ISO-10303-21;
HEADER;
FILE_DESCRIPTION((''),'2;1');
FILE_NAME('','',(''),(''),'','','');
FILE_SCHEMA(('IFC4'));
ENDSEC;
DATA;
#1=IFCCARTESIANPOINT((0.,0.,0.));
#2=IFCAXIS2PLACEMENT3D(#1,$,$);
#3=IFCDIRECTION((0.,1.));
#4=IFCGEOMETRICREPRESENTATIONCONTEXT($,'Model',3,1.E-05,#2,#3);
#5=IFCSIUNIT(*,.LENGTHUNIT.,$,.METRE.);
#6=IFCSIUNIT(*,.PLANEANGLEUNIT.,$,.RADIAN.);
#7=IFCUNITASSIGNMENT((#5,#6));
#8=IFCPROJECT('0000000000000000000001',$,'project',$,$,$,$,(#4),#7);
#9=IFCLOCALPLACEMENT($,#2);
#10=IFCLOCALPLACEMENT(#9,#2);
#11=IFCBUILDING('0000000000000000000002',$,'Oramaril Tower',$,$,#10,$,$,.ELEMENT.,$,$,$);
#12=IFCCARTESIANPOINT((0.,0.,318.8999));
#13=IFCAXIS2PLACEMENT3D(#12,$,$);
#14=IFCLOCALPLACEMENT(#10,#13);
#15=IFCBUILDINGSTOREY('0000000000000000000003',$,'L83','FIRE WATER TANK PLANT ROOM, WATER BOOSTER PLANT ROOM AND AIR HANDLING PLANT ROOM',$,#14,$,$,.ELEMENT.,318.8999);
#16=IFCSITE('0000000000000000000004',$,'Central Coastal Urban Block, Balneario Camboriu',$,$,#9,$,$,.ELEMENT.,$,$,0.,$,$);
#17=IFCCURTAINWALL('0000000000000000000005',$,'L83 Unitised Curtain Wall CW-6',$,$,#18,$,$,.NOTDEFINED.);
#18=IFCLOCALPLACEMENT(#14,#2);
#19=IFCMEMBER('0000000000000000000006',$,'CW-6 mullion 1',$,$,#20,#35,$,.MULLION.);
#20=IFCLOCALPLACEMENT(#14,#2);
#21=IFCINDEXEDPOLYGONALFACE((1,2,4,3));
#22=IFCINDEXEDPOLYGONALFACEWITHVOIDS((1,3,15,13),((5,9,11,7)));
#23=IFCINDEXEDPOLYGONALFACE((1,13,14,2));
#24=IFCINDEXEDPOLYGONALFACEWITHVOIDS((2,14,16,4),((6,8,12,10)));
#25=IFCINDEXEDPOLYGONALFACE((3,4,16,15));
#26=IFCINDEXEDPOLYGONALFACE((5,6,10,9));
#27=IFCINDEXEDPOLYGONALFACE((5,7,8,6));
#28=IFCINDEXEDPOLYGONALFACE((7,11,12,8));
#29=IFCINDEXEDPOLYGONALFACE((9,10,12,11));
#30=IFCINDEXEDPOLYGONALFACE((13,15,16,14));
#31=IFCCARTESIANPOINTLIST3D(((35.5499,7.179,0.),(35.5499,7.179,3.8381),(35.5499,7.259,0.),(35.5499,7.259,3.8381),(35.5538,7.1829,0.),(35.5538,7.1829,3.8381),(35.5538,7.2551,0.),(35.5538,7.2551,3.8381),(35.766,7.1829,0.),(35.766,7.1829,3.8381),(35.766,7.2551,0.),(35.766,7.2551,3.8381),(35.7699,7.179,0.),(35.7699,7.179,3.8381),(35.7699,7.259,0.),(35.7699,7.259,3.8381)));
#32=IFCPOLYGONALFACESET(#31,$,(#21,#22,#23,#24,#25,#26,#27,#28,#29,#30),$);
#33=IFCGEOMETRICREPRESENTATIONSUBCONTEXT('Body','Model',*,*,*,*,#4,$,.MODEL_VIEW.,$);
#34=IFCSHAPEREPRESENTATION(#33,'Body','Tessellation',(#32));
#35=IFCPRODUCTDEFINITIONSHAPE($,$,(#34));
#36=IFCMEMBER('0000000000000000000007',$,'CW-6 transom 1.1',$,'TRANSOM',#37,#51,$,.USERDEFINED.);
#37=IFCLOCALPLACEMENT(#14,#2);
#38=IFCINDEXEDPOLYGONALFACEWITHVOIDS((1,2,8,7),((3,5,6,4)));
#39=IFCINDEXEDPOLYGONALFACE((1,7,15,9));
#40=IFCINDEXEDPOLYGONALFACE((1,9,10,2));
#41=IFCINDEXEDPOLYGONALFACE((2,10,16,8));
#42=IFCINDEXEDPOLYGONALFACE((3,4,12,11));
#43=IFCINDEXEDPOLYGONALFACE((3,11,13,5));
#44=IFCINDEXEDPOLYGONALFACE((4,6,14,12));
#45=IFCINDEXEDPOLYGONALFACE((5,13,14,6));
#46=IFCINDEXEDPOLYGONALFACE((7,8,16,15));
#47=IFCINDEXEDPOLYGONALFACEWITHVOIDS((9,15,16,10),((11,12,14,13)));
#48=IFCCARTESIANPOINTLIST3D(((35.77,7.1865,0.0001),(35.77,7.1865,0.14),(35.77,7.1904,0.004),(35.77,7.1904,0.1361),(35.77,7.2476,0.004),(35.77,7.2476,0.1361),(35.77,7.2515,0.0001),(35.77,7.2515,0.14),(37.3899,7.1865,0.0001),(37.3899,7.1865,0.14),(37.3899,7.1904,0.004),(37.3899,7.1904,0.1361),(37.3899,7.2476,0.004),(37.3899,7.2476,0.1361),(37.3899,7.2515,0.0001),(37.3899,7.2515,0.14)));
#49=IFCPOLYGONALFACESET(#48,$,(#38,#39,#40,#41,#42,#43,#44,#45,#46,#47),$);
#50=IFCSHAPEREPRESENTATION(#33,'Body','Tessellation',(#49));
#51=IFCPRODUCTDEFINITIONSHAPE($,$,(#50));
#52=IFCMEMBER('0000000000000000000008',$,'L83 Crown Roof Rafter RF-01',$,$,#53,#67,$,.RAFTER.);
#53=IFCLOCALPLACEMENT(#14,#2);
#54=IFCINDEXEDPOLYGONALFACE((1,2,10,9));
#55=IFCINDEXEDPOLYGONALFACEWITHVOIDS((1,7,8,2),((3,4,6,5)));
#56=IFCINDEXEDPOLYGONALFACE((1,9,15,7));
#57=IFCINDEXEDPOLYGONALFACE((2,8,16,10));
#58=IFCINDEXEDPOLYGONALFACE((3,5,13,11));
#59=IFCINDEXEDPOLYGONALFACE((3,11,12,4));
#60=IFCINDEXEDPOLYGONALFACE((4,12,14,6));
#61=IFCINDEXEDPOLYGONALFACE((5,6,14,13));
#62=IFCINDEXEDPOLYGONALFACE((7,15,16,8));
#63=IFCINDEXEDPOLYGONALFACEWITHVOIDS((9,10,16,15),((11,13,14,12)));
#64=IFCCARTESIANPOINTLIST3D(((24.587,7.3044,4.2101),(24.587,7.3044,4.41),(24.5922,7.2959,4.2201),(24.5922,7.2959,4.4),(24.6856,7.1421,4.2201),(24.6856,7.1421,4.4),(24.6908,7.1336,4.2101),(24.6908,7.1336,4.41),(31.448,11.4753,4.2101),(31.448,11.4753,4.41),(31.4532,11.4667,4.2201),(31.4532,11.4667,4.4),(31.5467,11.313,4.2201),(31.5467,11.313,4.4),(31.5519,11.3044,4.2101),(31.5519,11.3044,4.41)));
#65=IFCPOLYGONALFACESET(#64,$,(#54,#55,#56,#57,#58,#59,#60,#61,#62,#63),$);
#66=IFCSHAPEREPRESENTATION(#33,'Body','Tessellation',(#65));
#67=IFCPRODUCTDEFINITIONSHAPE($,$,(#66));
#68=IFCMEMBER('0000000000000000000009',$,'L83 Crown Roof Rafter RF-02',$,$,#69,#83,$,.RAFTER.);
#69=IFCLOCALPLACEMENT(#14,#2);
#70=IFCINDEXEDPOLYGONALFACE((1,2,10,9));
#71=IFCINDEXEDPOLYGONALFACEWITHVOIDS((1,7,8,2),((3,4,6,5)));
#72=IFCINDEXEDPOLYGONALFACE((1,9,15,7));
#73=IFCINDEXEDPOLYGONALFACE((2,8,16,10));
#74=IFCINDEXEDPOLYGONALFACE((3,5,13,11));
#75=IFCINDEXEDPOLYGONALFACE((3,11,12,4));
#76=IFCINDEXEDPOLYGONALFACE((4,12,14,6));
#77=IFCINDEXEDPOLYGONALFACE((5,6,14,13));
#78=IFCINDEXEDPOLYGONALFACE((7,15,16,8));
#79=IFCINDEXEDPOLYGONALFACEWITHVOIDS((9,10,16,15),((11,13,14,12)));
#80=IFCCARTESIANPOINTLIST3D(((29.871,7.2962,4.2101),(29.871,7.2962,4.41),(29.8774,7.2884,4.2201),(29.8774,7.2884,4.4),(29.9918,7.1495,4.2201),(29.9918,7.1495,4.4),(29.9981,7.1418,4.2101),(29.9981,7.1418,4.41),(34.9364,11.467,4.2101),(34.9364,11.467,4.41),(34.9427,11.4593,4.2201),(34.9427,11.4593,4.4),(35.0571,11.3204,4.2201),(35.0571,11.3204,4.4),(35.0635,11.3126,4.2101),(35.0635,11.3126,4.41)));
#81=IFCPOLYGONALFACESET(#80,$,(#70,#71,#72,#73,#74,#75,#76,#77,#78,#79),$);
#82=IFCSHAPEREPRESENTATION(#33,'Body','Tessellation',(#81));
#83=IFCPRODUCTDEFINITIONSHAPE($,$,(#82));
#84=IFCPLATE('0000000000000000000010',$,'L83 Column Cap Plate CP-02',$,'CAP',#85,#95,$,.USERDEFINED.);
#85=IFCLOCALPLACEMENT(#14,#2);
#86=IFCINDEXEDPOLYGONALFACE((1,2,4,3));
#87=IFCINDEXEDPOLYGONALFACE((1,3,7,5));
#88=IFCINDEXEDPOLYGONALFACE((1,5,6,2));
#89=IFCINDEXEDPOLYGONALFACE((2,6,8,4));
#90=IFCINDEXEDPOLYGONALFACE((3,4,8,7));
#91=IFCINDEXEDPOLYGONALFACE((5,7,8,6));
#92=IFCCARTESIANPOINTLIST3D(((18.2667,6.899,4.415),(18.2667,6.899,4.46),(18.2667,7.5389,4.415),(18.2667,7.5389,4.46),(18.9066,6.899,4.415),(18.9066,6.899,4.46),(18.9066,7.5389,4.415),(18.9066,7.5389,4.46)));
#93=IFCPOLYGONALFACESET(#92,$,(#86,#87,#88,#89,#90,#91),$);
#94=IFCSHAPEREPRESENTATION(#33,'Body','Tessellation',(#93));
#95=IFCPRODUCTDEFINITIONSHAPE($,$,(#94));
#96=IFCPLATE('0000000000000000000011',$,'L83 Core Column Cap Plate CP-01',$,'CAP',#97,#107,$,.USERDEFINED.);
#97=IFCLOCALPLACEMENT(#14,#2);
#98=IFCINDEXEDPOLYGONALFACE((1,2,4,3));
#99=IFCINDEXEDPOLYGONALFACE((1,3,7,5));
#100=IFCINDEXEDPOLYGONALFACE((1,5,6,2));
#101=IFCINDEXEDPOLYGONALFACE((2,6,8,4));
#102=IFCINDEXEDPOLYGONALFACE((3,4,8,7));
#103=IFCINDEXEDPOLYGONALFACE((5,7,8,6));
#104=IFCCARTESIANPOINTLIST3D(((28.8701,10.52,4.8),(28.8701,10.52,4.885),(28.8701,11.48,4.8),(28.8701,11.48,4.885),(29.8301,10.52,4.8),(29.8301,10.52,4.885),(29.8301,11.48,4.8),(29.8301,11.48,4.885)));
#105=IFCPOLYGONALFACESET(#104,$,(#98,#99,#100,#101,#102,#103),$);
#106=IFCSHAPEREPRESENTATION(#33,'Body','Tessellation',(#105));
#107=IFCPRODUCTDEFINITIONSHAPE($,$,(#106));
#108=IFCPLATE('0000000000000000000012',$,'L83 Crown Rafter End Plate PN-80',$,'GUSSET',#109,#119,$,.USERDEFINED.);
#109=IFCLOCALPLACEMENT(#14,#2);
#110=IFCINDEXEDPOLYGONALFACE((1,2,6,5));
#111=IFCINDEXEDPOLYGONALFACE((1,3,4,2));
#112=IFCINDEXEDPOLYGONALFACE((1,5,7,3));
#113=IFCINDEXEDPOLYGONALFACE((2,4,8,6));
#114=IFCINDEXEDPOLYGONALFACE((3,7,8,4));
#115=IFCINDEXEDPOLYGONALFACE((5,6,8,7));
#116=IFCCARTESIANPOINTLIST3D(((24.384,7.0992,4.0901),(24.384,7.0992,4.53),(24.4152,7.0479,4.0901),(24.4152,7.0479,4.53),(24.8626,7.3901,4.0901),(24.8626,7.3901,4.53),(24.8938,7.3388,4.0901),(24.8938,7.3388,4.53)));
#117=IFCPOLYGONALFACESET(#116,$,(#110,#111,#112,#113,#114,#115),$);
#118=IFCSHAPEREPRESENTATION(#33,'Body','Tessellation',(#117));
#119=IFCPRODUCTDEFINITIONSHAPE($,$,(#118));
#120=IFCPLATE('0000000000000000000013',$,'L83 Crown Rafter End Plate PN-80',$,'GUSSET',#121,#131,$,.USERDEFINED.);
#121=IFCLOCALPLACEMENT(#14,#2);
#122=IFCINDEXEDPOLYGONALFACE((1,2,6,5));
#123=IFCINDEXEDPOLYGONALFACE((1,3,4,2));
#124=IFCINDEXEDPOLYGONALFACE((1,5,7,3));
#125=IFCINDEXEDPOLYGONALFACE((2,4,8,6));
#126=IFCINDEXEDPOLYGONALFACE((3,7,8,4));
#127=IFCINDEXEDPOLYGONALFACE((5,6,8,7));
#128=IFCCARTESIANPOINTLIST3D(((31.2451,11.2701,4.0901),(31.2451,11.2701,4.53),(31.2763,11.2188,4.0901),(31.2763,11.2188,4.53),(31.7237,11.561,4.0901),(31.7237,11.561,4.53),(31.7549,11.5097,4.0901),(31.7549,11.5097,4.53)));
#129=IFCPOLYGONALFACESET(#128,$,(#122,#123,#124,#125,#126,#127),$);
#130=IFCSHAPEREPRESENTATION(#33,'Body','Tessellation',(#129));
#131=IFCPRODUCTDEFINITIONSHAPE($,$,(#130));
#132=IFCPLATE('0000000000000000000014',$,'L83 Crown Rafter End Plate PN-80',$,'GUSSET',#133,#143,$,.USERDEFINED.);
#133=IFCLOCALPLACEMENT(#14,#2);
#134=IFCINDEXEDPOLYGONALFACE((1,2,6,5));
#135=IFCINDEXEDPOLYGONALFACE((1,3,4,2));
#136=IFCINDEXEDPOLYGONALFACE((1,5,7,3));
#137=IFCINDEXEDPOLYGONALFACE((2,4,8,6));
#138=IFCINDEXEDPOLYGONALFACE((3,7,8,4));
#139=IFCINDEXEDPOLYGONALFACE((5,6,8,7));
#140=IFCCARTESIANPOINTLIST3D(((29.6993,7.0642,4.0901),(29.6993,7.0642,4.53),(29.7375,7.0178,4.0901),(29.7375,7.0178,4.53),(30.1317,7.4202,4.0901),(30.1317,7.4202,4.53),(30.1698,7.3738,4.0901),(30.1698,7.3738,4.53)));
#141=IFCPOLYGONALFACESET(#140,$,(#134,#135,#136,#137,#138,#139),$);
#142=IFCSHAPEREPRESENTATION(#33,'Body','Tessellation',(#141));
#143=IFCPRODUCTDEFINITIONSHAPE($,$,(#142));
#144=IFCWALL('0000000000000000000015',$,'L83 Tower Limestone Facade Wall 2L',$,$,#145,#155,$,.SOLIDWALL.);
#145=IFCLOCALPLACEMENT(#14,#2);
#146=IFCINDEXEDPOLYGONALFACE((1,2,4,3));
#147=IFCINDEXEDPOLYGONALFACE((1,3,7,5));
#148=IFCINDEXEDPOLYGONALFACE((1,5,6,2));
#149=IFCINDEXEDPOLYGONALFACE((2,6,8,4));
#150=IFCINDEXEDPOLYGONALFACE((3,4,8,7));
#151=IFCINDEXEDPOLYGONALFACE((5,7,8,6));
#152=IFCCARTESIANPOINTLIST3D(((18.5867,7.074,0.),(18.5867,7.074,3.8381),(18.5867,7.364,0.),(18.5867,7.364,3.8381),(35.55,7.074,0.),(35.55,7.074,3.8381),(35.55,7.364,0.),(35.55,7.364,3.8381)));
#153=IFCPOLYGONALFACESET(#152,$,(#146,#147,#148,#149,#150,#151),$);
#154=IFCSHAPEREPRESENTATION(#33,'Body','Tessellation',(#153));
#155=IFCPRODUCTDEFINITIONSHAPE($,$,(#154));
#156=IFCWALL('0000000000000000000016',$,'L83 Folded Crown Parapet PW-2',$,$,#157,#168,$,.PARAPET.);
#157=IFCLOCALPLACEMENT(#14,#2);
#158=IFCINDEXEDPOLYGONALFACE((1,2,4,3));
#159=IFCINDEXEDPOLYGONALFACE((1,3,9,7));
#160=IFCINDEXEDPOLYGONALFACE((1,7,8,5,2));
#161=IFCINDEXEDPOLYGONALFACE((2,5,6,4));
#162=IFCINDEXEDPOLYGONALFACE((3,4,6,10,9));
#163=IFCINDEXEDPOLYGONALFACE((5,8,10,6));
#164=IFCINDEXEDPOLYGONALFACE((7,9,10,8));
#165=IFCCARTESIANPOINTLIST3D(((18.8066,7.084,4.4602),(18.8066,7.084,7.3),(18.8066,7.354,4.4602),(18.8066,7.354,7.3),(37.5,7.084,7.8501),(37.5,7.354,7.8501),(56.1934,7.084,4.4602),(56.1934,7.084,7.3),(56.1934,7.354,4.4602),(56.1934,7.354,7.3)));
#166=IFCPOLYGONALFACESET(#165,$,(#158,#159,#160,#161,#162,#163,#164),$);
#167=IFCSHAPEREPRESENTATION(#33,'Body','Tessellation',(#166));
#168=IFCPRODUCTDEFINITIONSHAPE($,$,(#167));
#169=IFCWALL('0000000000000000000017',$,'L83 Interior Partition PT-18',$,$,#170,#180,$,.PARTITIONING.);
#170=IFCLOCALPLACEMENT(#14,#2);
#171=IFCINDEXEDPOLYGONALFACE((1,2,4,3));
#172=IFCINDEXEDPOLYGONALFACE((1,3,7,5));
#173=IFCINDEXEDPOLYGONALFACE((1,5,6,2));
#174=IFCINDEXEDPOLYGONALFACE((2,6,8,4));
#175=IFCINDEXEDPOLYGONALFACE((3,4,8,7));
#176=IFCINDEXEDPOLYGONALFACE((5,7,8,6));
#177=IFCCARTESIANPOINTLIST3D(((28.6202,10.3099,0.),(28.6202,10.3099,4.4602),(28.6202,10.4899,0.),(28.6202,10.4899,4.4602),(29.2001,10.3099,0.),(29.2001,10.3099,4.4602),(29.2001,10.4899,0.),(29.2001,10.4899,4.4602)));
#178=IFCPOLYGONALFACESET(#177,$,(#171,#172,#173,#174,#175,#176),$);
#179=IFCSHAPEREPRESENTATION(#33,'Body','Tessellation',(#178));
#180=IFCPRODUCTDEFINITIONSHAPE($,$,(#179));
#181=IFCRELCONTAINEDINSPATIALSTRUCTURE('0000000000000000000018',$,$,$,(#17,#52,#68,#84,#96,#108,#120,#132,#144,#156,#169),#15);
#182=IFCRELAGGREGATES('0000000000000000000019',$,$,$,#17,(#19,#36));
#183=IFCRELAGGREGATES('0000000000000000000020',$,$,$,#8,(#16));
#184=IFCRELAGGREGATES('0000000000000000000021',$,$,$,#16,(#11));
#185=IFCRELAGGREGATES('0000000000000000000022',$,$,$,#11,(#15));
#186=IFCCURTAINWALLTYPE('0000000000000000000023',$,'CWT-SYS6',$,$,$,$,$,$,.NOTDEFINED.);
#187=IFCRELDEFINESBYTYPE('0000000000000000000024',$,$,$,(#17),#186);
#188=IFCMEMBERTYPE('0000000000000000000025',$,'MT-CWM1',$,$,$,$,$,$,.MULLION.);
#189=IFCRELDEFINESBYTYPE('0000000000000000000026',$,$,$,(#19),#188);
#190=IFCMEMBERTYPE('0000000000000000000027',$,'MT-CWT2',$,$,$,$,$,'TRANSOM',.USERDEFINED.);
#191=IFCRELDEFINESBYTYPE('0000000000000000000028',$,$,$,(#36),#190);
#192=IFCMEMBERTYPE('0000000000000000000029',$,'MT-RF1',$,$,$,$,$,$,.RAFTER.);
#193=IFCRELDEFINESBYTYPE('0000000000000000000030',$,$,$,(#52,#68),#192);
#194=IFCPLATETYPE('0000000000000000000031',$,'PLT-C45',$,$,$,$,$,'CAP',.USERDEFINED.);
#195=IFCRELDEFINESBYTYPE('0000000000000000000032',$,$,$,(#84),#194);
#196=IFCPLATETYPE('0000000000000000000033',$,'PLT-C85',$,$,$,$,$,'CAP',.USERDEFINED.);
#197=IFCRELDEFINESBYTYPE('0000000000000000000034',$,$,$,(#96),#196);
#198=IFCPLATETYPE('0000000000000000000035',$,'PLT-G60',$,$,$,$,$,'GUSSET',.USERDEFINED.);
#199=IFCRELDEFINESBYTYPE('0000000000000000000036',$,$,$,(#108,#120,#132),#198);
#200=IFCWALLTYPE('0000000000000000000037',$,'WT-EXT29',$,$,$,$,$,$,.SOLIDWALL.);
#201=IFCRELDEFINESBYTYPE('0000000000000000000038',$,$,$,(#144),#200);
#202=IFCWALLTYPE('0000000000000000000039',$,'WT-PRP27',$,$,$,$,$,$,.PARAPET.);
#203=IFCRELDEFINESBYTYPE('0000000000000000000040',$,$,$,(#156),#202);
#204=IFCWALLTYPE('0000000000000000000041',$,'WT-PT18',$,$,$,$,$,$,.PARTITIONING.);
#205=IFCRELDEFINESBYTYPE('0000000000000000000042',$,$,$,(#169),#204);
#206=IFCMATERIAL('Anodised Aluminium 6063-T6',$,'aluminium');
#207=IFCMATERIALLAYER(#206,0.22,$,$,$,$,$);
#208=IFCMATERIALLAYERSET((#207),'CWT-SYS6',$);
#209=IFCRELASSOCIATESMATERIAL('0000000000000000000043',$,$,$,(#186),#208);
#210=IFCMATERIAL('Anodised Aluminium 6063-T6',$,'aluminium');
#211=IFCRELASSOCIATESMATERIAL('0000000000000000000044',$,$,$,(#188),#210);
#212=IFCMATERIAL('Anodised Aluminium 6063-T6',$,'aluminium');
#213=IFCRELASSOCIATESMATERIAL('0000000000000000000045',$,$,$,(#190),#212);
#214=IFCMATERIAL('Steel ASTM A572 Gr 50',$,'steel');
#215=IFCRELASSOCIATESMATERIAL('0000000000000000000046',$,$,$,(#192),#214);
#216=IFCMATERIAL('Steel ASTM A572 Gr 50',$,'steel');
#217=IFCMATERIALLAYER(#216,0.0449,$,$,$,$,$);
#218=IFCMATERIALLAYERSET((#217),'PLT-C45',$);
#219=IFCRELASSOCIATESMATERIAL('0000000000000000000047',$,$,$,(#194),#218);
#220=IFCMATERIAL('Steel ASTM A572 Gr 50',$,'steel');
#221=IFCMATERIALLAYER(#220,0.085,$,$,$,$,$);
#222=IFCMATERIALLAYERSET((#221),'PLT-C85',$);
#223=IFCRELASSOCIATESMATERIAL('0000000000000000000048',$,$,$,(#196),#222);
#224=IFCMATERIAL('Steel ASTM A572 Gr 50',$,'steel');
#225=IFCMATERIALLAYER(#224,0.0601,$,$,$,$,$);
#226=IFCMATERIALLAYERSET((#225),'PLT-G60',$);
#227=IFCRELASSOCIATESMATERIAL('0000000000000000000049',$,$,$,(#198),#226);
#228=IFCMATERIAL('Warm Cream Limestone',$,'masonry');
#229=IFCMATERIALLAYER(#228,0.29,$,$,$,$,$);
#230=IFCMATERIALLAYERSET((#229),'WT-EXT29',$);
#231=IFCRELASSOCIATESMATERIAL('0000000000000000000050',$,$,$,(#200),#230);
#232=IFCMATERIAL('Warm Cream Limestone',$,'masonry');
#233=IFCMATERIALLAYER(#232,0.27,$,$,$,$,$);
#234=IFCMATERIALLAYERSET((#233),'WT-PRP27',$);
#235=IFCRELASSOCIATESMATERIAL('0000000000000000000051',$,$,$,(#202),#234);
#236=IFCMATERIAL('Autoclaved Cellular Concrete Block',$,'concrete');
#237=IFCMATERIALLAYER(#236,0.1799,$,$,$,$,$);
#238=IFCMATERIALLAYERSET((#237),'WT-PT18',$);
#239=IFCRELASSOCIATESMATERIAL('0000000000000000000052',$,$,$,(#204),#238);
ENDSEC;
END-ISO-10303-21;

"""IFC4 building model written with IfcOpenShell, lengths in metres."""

from ifc_helpers import new_model, si_unit, direction, frame, frame_2d, origin, origin_2d, place, context, subcontext, project, spatial, polyline, rectangle, hollow_rectangle, outline, extrude, material, layer, layer_set, material_profile, profile_set, type_object, element, aggregate, save


model = new_model("IFC4")

# Units and contexts
model_context = context("Model", 3, precision=1e-05, world=origin(), true_north=direction((0.0, 1.0)))
body_context = subcontext(model_context, "Body", "Model", "MODEL_VIEW")
ifc_project = project(units=[si_unit("LENGTHUNIT", "METRE"), si_unit("PLANEANGLEUNIT", "RADIAN")], contexts=[model_context])

# Site, building, storey
site_placement = place(None, origin())
site = spatial("IfcSite", under=ifc_project, at=site_placement, Name="Central Coastal Urban Block, Balneario Camboriu", CompositionType="ELEMENT", RefElevation=0.0)
building_placement = place(site_placement, origin())
building = spatial("IfcBuilding", under=site, at=building_placement, Name="Oramaril Tower", CompositionType="ELEMENT")
storey_placement = place(building_placement, frame((0.0, 0.0, 318.8999)))
storey = spatial("IfcBuildingStorey", under=building, at=storey_placement, Name="L83", Description="FIRE WATER TANK PLANT ROOM, WATER BOOSTER PLANT ROOM AND AIR HANDLING PLANT ROOM", CompositionType="ELEMENT", Elevation=318.8999)

# Curtain wall, members
ifc_material_1 = material(Name="Anodised Aluminium 6063-T6", Category="aluminium")
ifc_layer_1 = layer(ifc_material_1, 0.22)
ifc_layer_set_1 = layer_set([ifc_layer_1], Name="CWT-SYS6")
curtain_wall_type = type_object("IfcCurtainWallType", Name="CWT-SYS6", PredefinedType="NOTDEFINED", material=ifc_layer_set_1)
curtain_wall_placement = place(storey_placement, origin())
curtain_wall = element("IfcCurtainWall", 1, at=curtain_wall_placement, inside=storey, type_object=curtain_wall_type, Name="L83 Unitised Curtain Wall CW-6", PredefinedType="NOTDEFINED")
ifc_material_2 = material(Name="Anodised Aluminium 6063-T6", Category="aluminium")
ifc_material_profile_1 = material_profile(ifc_material_2, hollow_rectangle(XDim=0.0801, YDim=0.22, WallThickness=0.0039, at=origin_2d()), Name="CWM220X80")
ifc_profile_set_1 = profile_set([ifc_material_profile_1], Name="Anodised Aluminium 6063-T6")
member_type_1 = type_object("IfcMemberType", Name="MT-CWM1", PredefinedType="MULLION", material=ifc_profile_set_1)
member_1_placement = place(storey_placement, frame((35.6599, 7.219, 0.0), z_axis=(0.0, 0.0, 1.0), x_axis=(0.0, 1.0, 0.0)))
member_1 = element("IfcMember", 2, at=member_1_placement, type_object=member_type_1, Name="CW-6 mullion 1", PredefinedType="MULLION", context=body_context, shape_type="SweptSolid", body=[
    extrude(hollow_rectangle(XDim=0.0801, YDim=0.22, WallThickness=0.0039, at=origin_2d()), origin(), (0.0, 0.0, 1.0), 3.8381),
])
ifc_material_3 = material(Name="Anodised Aluminium 6063-T6", Category="aluminium")
ifc_material_profile_2 = material_profile(ifc_material_3, hollow_rectangle(XDim=0.0649, YDim=0.1399, WallThickness=0.0039, at=origin_2d()), Name="CWT140X65")
ifc_profile_set_2 = profile_set([ifc_material_profile_2], Name="Anodised Aluminium 6063-T6")
member_type_2 = type_object("IfcMemberType", Name="MT-CWT2", ElementType="TRANSOM", PredefinedType="USERDEFINED", material=ifc_profile_set_2)
member_2_placement = place(storey_placement, frame((35.77, 7.219, 0.0701), z_axis=(1.0, 0.0, 0.0), x_axis=(0.0, 1.0, 0.0)))
member_2 = element("IfcMember", 3, at=member_2_placement, type_object=member_type_2, Name="CW-6 transom 1.1", ObjectType="TRANSOM", PredefinedType="USERDEFINED", context=body_context, shape_type="SweptSolid", body=[
    extrude(hollow_rectangle(XDim=0.0649, YDim=0.1399, WallThickness=0.0039, at=origin_2d()), origin(), (0.0, 0.0, 1.0), 1.6199),
])
aggregate(curtain_wall, [member_1, member_2])

# Members
ifc_material_4 = material(Name="Steel ASTM A572 Gr 50", Category="steel")
ifc_material_profile_3 = material_profile(ifc_material_4, hollow_rectangle(XDim=0.2, YDim=0.2, WallThickness=0.01, at=origin_2d()), Name="HSS200X200X10")
ifc_profile_set_3 = profile_set([ifc_material_profile_3], Name="Steel ASTM A572 Gr 50")
member_type_3 = type_object("IfcMemberType", Name="MT-RF1", PredefinedType="RAFTER", material=ifc_profile_set_3)
member_3_placement = place(storey_placement, frame((24.6389, 7.219, 4.3101), z_axis=(0.854498, 0.519455, 0.0), x_axis=(-0.519455, 0.854498, 0.0)))
element("IfcMember", 4, at=member_3_placement, inside=storey, type_object=member_type_3, Name="L83 Crown Roof Rafter RF-01", PredefinedType="RAFTER", context=body_context, shape_type="SweptSolid", body=[
    extrude(hollow_rectangle(XDim=0.2, YDim=0.2, WallThickness=0.01, at=origin_2d()), origin(), (0.0, 0.0, 1.0), 8.0293),
])
member_4_placement = place(storey_placement, frame((29.9346, 7.219, 4.3101), z_axis=(0.771977, 0.63565, 0.0), x_axis=(-0.63565, 0.771977, 0.0)))
element("IfcMember", 5, at=member_4_placement, inside=storey, type_object=member_type_3, Name="L83 Crown Roof Rafter RF-02", PredefinedType="RAFTER", context=body_context, shape_type="SweptSolid", body=[
    extrude(hollow_rectangle(XDim=0.2, YDim=0.2, WallThickness=0.01, at=origin_2d()), origin(), (0.0, 0.0, 1.0), 6.5615),
])

# Plates
ifc_material_5 = material(Name="Steel ASTM A572 Gr 50", Category="steel")
ifc_layer_2 = layer(ifc_material_5, 0.0449)
ifc_layer_set_2 = layer_set([ifc_layer_2], Name="PLT-C45")
plate_type_1 = type_object("IfcPlateType", Name="PLT-C45", ElementType="CAP", PredefinedType="USERDEFINED", material=ifc_layer_set_2)
plate_1_placement = place(storey_placement, frame((18.5867, 7.219, 4.415), z_axis=(0.0, 0.0, 1.0), x_axis=(1.0, 0.0, 0.0)))
element("IfcPlate", 6, at=plate_1_placement, inside=storey, type_object=plate_type_1, Name="L83 Column Cap Plate CP-02", ObjectType="CAP", PredefinedType="USERDEFINED", context=body_context, shape_type="SweptSolid", body=[
    extrude(rectangle(XDim=0.6399, YDim=0.6399, at=origin_2d()), origin(), (0.0, 0.0, 1.0), 0.0449),
])
ifc_material_6 = material(Name="Steel ASTM A572 Gr 50", Category="steel")
ifc_layer_3 = layer(ifc_material_6, 0.085)
ifc_layer_set_3 = layer_set([ifc_layer_3], Name="PLT-C85")
plate_type_2 = type_object("IfcPlateType", Name="PLT-C85", ElementType="CAP", PredefinedType="USERDEFINED", material=ifc_layer_set_3)
plate_2_placement = place(storey_placement, frame((29.3501, 11.0, 4.8), z_axis=(0.0, 0.0, 1.0), x_axis=(1.0, 0.0, 0.0)))
element("IfcPlate", 7, at=plate_2_placement, inside=storey, type_object=plate_type_2, Name="L83 Core Column Cap Plate CP-01", ObjectType="CAP", PredefinedType="USERDEFINED", context=body_context, shape_type="SweptSolid", body=[
    extrude(rectangle(XDim=0.96, YDim=0.96, at=origin_2d()), origin(), (0.0, 0.0, 1.0), 0.085),
])
ifc_material_7 = material(Name="Steel ASTM A572 Gr 50", Category="steel")
ifc_layer_4 = layer(ifc_material_7, 0.0601)
ifc_layer_set_4 = layer_set([ifc_layer_4], Name="PLT-G60")
plate_type_3 = type_object("IfcPlateType", Name="PLT-G60", ElementType="GUSSET", PredefinedType="USERDEFINED", material=ifc_layer_set_4)
for number, where, z_axis, x_axis, name in (
    (8, (24.6389, 7.219, 4.0901), (0.0, 0.0, 1.0), (0.854492, 0.519464, 0.0), "L83 Crown Rafter End Plate PN-80"),
    (9, (31.5, 11.3899, 4.0901), (0.0, 0.0, 1.0), (0.854492, 0.519464, 0.0), "L83 Crown Rafter End Plate PN-80"),
    (10, (29.9346, 7.219, 4.0901), (0.0, 0.0, 1.0), (0.771969, 0.635661, 0.0), "L83 Crown Rafter End Plate PN-80"),
):
    element("IfcPlate", number, at=place(storey_placement, frame(where, z_axis=z_axis, x_axis=x_axis)), inside=storey, type_object=plate_type_3, Name=name, ObjectType="GUSSET", PredefinedType="USERDEFINED", context=body_context, shape_type="SweptSolid", body=[
        extrude(rectangle(XDim=0.5601, YDim=0.0601, at=origin_2d()), origin(), (0.0, 0.0, 1.0), 0.4399),
    ])

# Walls
ifc_material_8 = material(Name="Warm Cream Limestone", Category="masonry")
ifc_layer_5 = layer(ifc_material_8, 0.29)
ifc_layer_set_5 = layer_set([ifc_layer_5], Name="WT-EXT29")
wall_type_1 = type_object("IfcWallType", Name="WT-EXT29", PredefinedType="SOLIDWALL", material=ifc_layer_set_5)
wall_1_placement = place(storey_placement, frame((18.5867, 7.219, 0.0), z_axis=(0.0, 0.0, 1.0), x_axis=(1.0, 0.0, 0.0)))
element("IfcWall", 11, at=wall_1_placement, inside=storey, type_object=wall_type_1, Name="L83 Tower Limestone Facade Wall 2L", PredefinedType="SOLIDWALL", context=body_context, shape_type="SweptSolid", body=[
    extrude(rectangle(XDim=16.9634, YDim=0.29, at=frame_2d((8.4817, 0.0))), origin(), (0.0, 0.0, 1.0), 3.8381),
])
ifc_material_9 = material(Name="Warm Cream Limestone", Category="masonry")
ifc_layer_6 = layer(ifc_material_9, 0.27)
ifc_layer_set_6 = layer_set([ifc_layer_6], Name="WT-PRP27")
wall_type_2 = type_object("IfcWallType", Name="WT-PRP27", PredefinedType="PARAPET", material=ifc_layer_set_6)
wall_2_placement = place(storey_placement, frame((18.8066, 7.219, 4.4602), z_axis=(0.0, 0.0, 1.0), x_axis=(1.0, 0.0, 0.0)))
element("IfcWall", 12, at=wall_2_placement, inside=storey, type_object=wall_type_2, Name="L83 Folded Crown Parapet PW-2", PredefinedType="PARAPET", context=body_context, shape_type="SweptSolid", body=[
    extrude(outline(polyline([(0.0, 0.0), (37.3867, 0.0), (37.3867, 2.8398), (18.6934, 3.3899), (0.0, 2.8398), (0.0, 0.0)])), frame((0.0, 0.135, 0.0), z_axis=(0.0, -1.0, 0.0), x_axis=(1.0, 0.0, 0.0)), (0.0, 0.0, 1.0), 0.27),
])
ifc_material_10 = material(Name="Autoclaved Cellular Concrete Block", Category="concrete")
ifc_layer_7 = layer(ifc_material_10, 0.1799)
ifc_layer_set_7 = layer_set([ifc_layer_7], Name="WT-PT18")
wall_type_3 = type_object("IfcWallType", Name="WT-PT18", PredefinedType="PARTITIONING", material=ifc_layer_set_7)
wall_3_placement = place(storey_placement, frame((28.6201, 10.3999, 0.0), z_axis=(0.0, 0.0, 1.0), x_axis=(1.0, 0.0, 0.0)))
element("IfcWall", 13, at=wall_3_placement, inside=storey, type_object=wall_type_3, Name="L83 Interior Partition PT-18", PredefinedType="PARTITIONING", context=body_context, shape_type="SweptSolid", body=[
    extrude(rectangle(XDim=0.5798, YDim=0.1799, at=frame_2d((0.29, 0.0))), origin(), (0.0, 0.0, 1.0), 4.4602),
])

save(model, "model.ifc")
